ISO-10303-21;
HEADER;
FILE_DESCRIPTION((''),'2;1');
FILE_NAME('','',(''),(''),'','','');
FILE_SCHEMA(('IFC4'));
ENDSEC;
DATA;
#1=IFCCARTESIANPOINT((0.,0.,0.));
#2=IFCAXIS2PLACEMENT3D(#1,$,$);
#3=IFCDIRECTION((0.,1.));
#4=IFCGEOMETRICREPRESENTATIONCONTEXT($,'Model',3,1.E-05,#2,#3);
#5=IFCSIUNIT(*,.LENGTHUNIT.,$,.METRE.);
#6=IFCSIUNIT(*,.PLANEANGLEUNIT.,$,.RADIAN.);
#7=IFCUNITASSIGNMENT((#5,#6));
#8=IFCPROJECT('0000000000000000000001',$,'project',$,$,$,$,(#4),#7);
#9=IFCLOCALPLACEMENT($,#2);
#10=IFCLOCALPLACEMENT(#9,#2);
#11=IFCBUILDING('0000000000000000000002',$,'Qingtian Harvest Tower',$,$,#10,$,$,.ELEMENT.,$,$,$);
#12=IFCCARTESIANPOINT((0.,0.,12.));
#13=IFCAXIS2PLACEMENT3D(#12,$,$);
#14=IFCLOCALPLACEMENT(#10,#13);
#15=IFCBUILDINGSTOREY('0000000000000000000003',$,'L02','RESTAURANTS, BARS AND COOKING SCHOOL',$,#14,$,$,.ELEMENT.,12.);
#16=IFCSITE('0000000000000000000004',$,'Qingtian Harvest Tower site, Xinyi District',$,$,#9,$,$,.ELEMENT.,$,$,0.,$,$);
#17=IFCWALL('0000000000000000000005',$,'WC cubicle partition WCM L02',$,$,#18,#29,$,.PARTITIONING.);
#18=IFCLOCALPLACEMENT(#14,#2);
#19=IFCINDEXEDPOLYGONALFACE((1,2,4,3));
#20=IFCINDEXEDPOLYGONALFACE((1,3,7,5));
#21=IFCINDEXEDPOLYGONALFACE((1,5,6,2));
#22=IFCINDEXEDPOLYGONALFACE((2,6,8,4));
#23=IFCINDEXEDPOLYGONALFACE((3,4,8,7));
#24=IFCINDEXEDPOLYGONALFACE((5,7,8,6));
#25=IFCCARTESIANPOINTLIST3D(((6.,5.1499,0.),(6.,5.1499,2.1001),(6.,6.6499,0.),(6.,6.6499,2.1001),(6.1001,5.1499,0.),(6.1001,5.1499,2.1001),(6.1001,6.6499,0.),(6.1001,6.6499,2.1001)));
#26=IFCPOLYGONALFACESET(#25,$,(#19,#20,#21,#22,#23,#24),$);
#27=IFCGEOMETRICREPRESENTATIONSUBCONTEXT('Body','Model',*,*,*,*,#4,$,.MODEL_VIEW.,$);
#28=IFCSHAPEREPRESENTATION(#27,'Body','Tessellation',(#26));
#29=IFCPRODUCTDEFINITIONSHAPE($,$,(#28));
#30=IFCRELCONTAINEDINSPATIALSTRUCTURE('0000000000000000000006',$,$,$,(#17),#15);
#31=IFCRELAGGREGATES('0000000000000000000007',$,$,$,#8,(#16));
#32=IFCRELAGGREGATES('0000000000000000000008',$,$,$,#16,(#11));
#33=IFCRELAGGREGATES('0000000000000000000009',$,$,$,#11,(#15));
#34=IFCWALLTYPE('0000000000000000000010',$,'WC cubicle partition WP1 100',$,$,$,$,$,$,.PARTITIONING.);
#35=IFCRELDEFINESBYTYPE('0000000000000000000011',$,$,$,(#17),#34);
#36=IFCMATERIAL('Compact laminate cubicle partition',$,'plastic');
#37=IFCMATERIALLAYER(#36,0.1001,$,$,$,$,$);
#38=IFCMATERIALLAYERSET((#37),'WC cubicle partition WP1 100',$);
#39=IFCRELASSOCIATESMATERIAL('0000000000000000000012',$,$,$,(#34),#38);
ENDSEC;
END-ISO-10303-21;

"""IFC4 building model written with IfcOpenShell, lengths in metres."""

from ifc_helpers import new_model, si_unit, direction, frame, frame_2d, origin, place, context, subcontext, project, spatial, rectangle, extrude, material, layer, layer_set, type_object, element, save


model = new_model("IFC4")

# Units and contexts
model_context = context("Model", 3, precision=1e-05, world=origin(), true_north=direction((0.0, 1.0)))
body_context = subcontext(model_context, "Body", "Model", "MODEL_VIEW")
ifc_project = project(units=[si_unit("LENGTHUNIT", "METRE"), si_unit("PLANEANGLEUNIT", "RADIAN")], contexts=[model_context])

# Site, building, storey
site_placement = place(None, origin())
site = spatial("IfcSite", under=ifc_project, at=site_placement, Name="Qingtian Harvest Tower site, Xinyi District", CompositionType="ELEMENT", RefElevation=0.0)
building_placement = place(site_placement, origin())
building = spatial("IfcBuilding", under=site, at=building_placement, Name="Qingtian Harvest Tower", CompositionType="ELEMENT")
storey_placement = place(building_placement, frame((0.0, 0.0, 12.0)))
storey = spatial("IfcBuildingStorey", under=building, at=storey_placement, Name="L02", Description="RESTAURANTS, BARS AND COOKING SCHOOL", CompositionType="ELEMENT", Elevation=12.0)

# Wall
ifc_material_1 = material(Name="Compact laminate cubicle partition", Category="plastic")
ifc_layer_1 = layer(ifc_material_1, 0.1001)
ifc_layer_set_1 = layer_set([ifc_layer_1], Name="WC cubicle partition WP1 100")
wall_type_1 = type_object("IfcWallType", Name="WC cubicle partition WP1 100", PredefinedType="PARTITIONING", material=ifc_layer_set_1)
for number, where, z_axis, x_axis, name in (
    (1, (6.05, 5.1499, 0.0), (0.0, 0.0, 1.0), (0.0, 1.0, 0.0), "WC cubicle partition WCM L02"),
):
    element("IfcWall", number, at=place(storey_placement, frame(where, z_axis=z_axis, x_axis=x_axis)), inside=storey, type_object=wall_type_1, Name=name, PredefinedType="PARTITIONING", context=body_context, shape_type="SweptSolid", body=[
        extrude(rectangle(XDim=1.5, YDim=0.1001, at=frame_2d((0.75, 0.0))), origin(), (0.0, 0.0, 1.0), 2.1001),
    ])

save(model, "model.ifc")
